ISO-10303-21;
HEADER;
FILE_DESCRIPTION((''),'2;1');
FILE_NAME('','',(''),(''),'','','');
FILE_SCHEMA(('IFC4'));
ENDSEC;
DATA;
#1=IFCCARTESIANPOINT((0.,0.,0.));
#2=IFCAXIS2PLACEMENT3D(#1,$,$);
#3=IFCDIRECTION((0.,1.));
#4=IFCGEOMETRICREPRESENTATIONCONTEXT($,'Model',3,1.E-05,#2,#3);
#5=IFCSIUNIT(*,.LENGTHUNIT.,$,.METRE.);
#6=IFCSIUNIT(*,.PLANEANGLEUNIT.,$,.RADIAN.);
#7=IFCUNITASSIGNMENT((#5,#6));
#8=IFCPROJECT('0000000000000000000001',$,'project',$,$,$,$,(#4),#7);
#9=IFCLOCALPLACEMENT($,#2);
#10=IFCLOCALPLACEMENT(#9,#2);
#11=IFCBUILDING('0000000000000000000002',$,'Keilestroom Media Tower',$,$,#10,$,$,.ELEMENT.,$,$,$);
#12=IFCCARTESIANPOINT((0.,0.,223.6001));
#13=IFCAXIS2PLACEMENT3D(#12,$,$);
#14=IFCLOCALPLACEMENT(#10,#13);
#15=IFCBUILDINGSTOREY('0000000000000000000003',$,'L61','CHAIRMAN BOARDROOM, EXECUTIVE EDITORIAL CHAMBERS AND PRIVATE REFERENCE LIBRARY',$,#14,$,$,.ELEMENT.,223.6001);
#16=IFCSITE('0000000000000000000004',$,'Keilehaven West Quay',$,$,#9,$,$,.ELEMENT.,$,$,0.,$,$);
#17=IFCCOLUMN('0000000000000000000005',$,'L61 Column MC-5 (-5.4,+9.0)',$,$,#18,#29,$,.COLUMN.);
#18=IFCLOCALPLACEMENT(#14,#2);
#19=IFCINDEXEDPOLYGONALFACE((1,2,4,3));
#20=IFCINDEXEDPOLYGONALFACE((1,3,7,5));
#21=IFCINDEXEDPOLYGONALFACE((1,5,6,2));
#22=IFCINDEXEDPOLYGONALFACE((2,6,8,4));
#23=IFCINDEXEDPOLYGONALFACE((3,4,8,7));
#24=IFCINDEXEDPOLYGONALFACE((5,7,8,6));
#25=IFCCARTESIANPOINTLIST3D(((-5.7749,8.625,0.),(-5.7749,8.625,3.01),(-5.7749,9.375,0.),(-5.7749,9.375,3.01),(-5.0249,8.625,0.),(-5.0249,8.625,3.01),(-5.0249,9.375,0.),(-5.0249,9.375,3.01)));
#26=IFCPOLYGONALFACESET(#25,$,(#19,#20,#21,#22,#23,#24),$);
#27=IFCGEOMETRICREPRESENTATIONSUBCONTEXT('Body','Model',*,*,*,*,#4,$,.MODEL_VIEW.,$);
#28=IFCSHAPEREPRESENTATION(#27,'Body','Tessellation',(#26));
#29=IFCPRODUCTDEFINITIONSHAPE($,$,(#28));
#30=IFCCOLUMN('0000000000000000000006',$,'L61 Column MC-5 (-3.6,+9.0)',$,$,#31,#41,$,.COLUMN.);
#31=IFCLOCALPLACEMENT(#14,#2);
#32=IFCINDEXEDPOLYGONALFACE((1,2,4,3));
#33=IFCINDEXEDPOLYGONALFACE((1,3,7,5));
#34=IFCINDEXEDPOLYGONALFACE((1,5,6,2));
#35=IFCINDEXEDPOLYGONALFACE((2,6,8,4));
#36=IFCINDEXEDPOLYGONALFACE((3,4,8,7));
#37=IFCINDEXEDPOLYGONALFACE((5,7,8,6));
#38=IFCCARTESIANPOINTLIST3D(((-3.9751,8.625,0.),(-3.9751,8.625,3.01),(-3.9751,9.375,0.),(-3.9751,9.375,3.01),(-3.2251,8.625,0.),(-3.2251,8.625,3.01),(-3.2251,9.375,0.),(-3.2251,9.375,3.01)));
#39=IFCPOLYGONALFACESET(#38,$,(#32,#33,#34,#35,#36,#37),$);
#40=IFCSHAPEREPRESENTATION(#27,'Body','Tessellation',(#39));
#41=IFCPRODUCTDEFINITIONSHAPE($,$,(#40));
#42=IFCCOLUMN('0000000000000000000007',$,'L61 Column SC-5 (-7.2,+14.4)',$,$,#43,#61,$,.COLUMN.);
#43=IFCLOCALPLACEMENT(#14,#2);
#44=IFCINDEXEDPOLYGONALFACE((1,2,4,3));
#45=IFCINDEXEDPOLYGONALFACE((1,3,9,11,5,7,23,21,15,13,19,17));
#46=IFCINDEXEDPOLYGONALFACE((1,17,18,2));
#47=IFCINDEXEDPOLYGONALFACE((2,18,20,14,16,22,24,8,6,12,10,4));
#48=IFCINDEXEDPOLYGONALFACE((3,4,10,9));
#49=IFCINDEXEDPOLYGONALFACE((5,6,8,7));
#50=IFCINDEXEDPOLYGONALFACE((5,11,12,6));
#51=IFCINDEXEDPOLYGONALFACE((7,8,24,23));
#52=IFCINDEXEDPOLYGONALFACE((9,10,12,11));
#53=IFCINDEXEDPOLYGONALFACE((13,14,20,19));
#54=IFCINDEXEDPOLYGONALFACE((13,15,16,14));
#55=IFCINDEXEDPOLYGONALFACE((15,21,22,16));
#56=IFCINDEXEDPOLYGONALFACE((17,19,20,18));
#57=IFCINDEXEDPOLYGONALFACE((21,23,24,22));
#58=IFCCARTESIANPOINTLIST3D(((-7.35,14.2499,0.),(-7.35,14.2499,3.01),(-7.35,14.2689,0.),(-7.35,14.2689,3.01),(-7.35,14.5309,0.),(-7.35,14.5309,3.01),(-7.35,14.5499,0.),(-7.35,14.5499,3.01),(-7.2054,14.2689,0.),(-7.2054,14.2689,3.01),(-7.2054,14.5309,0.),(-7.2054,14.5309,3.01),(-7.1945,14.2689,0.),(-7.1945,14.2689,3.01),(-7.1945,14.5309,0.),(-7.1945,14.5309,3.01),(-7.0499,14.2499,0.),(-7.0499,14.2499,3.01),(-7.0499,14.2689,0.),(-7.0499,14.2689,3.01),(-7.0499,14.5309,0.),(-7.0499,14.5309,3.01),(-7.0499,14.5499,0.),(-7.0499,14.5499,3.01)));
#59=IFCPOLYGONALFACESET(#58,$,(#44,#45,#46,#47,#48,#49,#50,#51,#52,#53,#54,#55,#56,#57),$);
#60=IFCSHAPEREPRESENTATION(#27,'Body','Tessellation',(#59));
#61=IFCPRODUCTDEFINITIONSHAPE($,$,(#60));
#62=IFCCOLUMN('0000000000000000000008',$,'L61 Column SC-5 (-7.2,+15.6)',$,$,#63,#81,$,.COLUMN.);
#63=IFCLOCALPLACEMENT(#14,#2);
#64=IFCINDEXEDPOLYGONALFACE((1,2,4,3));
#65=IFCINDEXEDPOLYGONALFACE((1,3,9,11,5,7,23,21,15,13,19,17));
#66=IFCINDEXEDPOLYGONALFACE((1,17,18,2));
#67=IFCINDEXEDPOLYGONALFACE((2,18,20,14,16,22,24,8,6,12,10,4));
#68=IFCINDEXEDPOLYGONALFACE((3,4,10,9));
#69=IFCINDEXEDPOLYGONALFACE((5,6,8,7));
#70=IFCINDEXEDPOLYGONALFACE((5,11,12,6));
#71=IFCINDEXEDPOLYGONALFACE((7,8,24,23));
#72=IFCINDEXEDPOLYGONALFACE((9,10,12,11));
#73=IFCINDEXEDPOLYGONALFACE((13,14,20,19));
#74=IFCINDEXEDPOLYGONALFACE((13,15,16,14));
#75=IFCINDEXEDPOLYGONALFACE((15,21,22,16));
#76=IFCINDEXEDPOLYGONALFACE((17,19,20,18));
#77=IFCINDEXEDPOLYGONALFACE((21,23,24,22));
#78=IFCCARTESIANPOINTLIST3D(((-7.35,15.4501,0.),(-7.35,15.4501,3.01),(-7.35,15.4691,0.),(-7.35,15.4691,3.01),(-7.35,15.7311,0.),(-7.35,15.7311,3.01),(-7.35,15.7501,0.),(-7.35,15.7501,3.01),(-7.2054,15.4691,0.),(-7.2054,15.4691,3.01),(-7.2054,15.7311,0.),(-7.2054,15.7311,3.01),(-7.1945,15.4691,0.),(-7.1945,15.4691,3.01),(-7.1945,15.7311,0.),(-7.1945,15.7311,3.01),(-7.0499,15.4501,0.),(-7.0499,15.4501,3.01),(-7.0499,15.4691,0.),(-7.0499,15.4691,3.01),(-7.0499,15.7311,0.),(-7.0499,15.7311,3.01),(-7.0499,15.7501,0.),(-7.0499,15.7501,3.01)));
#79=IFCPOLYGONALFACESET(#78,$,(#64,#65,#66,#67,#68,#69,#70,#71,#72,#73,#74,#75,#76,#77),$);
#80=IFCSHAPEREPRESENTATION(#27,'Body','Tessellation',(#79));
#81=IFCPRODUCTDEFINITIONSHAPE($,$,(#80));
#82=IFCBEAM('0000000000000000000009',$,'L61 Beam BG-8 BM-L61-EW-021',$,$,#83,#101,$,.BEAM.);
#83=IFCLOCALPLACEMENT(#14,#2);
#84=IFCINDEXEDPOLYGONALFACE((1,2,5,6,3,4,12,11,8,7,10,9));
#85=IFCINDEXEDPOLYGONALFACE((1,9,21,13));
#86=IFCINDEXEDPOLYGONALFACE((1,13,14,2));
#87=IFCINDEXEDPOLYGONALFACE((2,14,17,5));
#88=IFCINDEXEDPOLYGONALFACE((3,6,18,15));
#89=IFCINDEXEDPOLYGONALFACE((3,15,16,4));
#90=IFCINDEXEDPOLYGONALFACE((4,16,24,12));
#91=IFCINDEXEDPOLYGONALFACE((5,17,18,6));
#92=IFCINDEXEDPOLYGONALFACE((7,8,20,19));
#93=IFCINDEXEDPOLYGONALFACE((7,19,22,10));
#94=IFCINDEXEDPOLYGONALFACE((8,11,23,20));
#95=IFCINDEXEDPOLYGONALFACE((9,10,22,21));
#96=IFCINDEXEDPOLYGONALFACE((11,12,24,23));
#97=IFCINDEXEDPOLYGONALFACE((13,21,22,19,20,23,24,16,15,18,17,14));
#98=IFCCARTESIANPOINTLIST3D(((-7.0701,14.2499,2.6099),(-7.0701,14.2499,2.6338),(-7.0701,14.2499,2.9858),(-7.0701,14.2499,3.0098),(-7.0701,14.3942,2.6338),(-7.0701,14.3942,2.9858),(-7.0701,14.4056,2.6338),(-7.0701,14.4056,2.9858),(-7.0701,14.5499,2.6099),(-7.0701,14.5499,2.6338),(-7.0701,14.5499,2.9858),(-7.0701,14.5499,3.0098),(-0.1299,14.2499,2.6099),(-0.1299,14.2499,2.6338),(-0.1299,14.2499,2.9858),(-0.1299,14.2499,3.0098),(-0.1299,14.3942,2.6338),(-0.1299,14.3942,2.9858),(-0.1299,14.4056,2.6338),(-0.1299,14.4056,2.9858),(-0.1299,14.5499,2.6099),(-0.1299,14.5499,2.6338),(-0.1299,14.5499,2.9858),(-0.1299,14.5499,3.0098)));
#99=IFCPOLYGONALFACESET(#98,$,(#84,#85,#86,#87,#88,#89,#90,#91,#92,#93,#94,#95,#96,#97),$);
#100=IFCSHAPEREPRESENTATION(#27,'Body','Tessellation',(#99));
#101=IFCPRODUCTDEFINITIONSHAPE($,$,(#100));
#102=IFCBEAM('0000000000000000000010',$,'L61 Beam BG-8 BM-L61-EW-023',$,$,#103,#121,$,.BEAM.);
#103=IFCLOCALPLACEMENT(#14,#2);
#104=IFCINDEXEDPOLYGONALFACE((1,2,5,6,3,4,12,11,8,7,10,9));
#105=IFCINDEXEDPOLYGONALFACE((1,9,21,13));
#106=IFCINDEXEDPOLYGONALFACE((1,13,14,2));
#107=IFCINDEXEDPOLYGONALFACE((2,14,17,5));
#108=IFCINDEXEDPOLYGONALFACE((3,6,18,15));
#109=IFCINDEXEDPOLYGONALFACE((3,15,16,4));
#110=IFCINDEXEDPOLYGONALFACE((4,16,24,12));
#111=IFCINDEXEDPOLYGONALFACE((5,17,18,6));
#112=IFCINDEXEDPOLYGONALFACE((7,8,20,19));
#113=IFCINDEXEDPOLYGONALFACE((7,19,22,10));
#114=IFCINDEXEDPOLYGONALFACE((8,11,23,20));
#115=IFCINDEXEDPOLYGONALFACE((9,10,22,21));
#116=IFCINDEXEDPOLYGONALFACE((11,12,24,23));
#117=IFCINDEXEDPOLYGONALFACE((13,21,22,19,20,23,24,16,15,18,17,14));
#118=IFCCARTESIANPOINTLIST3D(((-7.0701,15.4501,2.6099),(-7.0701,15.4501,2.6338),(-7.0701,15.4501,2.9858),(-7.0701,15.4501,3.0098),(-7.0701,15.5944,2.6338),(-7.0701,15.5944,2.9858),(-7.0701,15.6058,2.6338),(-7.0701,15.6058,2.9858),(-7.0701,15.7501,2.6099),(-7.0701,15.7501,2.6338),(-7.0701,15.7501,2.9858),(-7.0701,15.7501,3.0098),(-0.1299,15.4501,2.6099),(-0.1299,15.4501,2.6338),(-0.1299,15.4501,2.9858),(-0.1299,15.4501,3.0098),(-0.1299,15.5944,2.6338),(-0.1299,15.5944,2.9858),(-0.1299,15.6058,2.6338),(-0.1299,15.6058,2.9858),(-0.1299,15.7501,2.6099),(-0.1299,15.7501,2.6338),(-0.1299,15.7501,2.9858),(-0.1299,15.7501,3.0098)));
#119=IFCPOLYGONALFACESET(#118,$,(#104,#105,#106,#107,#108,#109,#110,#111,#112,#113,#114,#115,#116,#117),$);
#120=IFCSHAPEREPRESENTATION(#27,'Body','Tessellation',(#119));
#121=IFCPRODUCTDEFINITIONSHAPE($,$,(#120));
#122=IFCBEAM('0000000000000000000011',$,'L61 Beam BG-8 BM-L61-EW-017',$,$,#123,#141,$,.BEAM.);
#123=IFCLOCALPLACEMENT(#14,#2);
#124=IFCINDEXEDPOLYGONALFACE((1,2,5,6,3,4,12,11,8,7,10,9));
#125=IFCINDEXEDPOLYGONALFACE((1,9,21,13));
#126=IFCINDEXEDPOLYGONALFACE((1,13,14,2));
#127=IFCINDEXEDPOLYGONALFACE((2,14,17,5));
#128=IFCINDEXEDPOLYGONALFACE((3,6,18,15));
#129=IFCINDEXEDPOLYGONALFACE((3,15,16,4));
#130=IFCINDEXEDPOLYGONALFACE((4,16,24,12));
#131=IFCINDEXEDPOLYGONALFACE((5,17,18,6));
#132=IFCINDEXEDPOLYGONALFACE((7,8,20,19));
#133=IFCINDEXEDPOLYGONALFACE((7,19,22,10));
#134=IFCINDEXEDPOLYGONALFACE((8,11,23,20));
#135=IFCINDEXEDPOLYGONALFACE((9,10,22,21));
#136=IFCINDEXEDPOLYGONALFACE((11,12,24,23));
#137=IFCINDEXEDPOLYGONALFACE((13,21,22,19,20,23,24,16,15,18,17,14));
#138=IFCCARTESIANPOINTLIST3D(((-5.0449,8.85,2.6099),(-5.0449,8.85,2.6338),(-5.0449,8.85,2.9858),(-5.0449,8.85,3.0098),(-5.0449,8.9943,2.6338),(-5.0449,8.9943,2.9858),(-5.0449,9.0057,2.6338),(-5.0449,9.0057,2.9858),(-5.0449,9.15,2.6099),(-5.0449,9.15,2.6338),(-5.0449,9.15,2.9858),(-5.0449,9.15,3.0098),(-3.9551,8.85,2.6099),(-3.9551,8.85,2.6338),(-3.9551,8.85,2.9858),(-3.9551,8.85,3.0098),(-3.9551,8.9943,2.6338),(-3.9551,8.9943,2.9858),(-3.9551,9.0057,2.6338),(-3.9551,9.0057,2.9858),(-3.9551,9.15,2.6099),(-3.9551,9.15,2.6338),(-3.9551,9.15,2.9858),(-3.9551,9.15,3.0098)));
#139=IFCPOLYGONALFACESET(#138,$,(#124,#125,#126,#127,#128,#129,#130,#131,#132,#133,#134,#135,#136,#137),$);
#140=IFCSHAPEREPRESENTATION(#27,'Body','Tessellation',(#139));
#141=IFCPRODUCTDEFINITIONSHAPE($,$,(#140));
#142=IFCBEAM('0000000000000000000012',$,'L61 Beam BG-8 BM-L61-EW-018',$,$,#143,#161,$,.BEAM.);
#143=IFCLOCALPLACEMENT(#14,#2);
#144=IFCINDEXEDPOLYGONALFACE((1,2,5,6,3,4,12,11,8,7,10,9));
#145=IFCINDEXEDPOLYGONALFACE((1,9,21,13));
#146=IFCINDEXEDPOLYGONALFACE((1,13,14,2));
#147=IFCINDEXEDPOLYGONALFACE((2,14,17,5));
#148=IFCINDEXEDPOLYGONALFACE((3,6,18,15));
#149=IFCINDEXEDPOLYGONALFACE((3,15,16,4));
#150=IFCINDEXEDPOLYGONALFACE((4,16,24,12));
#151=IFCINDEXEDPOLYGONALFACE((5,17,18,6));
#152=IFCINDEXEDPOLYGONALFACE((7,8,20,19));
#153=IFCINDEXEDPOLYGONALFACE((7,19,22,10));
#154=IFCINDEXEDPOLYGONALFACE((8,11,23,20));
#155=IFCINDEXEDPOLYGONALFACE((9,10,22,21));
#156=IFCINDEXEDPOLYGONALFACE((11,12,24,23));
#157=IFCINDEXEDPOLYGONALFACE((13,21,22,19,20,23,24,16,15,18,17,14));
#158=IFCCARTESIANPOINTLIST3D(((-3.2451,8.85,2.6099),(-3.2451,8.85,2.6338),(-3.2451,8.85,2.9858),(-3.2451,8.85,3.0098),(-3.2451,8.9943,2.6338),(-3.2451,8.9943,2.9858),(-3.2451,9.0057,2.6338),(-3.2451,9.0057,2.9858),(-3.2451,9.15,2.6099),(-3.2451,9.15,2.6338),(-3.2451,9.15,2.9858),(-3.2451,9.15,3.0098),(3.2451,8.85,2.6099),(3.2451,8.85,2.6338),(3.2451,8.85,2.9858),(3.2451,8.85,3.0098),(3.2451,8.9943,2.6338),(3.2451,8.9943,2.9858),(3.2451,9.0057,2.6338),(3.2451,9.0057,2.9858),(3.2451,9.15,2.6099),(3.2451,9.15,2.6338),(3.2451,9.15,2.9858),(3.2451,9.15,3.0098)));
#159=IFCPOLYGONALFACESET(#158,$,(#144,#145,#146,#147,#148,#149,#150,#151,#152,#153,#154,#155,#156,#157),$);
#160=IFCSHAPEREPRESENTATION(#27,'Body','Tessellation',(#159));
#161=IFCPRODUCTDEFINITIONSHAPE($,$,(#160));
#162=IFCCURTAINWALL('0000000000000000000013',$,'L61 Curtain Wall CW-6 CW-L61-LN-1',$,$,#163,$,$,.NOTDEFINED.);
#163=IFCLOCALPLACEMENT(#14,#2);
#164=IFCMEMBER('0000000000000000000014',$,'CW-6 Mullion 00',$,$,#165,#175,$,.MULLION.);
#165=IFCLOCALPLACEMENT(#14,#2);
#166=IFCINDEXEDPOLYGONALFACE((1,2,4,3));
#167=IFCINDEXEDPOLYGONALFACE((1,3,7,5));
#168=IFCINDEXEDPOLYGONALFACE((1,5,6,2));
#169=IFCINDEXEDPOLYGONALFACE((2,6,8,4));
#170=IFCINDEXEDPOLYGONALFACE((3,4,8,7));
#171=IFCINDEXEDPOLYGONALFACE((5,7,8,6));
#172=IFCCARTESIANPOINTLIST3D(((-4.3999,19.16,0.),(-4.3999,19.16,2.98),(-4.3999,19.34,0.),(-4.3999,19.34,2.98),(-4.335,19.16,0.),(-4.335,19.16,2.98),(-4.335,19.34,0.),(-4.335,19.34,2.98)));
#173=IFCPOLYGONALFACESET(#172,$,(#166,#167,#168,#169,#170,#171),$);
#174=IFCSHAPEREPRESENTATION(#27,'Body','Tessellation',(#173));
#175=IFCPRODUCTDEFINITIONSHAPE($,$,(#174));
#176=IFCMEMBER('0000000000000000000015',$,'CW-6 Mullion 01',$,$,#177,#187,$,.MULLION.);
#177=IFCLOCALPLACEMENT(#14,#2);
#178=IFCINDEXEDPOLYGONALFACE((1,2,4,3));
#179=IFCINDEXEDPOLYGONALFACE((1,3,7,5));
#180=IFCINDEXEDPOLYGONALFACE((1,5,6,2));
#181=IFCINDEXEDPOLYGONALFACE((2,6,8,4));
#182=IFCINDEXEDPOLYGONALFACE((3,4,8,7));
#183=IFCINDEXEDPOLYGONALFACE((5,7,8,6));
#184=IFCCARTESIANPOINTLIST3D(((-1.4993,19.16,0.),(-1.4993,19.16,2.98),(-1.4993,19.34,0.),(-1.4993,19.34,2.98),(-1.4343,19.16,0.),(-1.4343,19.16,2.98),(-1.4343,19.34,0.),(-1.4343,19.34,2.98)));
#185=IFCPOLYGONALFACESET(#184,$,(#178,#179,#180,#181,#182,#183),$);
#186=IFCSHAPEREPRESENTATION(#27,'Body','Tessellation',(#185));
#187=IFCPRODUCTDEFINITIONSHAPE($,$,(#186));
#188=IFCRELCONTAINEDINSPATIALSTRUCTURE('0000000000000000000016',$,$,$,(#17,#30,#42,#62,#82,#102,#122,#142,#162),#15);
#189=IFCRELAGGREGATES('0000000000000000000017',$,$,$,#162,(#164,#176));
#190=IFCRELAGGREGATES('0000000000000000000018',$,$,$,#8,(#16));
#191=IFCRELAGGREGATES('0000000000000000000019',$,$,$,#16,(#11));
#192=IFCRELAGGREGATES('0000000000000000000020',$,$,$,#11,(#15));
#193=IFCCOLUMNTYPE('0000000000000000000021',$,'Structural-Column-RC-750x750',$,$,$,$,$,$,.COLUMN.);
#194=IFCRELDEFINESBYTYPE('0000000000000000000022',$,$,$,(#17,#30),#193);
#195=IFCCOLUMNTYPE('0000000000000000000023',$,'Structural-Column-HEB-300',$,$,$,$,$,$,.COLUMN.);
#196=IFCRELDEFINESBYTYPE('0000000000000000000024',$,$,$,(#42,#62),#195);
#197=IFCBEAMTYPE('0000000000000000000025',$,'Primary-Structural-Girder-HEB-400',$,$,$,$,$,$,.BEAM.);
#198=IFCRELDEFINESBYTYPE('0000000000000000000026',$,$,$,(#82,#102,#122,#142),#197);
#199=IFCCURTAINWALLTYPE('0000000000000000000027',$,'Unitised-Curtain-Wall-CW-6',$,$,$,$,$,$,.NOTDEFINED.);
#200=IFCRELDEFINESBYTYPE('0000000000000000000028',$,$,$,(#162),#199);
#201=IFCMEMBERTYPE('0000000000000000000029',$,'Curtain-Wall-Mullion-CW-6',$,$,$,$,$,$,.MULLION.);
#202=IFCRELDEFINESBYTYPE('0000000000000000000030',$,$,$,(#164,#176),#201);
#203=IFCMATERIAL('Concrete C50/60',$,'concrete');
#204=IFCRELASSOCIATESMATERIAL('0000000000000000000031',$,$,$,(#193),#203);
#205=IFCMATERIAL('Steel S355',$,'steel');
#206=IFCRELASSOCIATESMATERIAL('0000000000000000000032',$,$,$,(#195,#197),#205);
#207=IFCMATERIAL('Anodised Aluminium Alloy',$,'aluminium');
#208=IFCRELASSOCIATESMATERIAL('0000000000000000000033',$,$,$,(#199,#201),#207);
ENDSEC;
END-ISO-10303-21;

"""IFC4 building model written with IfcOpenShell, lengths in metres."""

from ifc_helpers import new_model, si_unit, direction, frame, origin, origin_2d, place, context, subcontext, project, spatial, rectangle, i_section, extrude, source, transform, mapped, material, material_profile, profile_set, type_object, element, aggregate, save


model = new_model("IFC4")

# Units and contexts
model_context = context("Model", 3, precision=1e-05, world=origin(), true_north=direction((0.0, 1.0)))
body_context = subcontext(model_context, "Body", "Model", "MODEL_VIEW")
ifc_project = project(units=[si_unit("LENGTHUNIT", "METRE"), si_unit("PLANEANGLEUNIT", "RADIAN")], contexts=[model_context])

# Site, building, storey
site_placement = place(None, origin())
site = spatial("IfcSite", under=ifc_project, at=site_placement, Name="Keilehaven West Quay", CompositionType="ELEMENT", RefElevation=0.0)
building_placement = place(site_placement, origin())
building = spatial("IfcBuilding", under=site, at=building_placement, Name="Keilestroom Media Tower", CompositionType="ELEMENT")
storey_placement = place(building_placement, frame((0.0, 0.0, 223.6001)))
storey = spatial("IfcBuildingStorey", under=building, at=storey_placement, Name="L61", Description="CHAIRMAN BOARDROOM, EXECUTIVE EDITORIAL CHAMBERS AND PRIVATE REFERENCE LIBRARY", CompositionType="ELEMENT", Elevation=223.6001)

# Columns
ifc_material_1 = material(Name="Concrete C50/60", Category="concrete")
ifc_material_profile_1 = material_profile(ifc_material_1, rectangle(XDim=0.75, YDim=0.75, at=origin_2d()), Name="RC 750x750")
ifc_profile_set_1 = profile_set([ifc_material_profile_1], Name="Concrete C50/60")
column_type_1 = type_object("IfcColumnType", Name="Structural-Column-RC-750x750", PredefinedType="COLUMN", material=ifc_profile_set_1)
shared_shape_1 = source(origin(), body_context, "Body", "SweptSolid", [
    extrude(rectangle(XDim=0.75, YDim=0.75, at=origin_2d()), origin(), (0.0, 0.0, 1.0), 3.01),
])
for number, where, z_axis, x_axis, name in (
    (1, (-5.3999, 9.0, 0.0), (0.0, 0.0, 1.0), (1.0, 0.0, 0.0), "L61 Column MC-5 (-5.4,+9.0)"),
    (2, (-3.6001, 9.0, 0.0), (0.0, 0.0, 1.0), (1.0, 0.0, 0.0), "L61 Column MC-5 (-3.6,+9.0)"),
):
    element("IfcColumn", number, at=place(storey_placement, frame(where, z_axis=z_axis, x_axis=x_axis)), inside=storey, type_object=column_type_1, Name=name, PredefinedType="COLUMN", context=body_context, shape_type="MappedRepresentation", body=[
        mapped(shared_shape_1, transform((0.0, 0.0, 0.0), x_axis=(1.0, 0.0, 0.0), y_axis=(0.0, 1.0, 0.0), z_axis=(0.0, 0.0, 1.0), scale=1.0)),
    ])
ifc_material_2 = material(Name="Steel S355", Category="steel")
ifc_material_profile_2 = material_profile(ifc_material_2, i_section(OverallWidth=0.3, OverallDepth=0.3, WebThickness=0.011, FlangeThickness=0.019, at=origin_2d()), Name="HEB 300")
ifc_profile_set_2 = profile_set([ifc_material_profile_2], Name="Steel S355")
column_type_2 = type_object("IfcColumnType", Name="Structural-Column-HEB-300", PredefinedType="COLUMN", material=ifc_profile_set_2)
shared_shape_2 = source(origin(), body_context, "Body", "SweptSolid", [
    extrude(i_section(OverallWidth=0.3, OverallDepth=0.3, WebThickness=0.011, FlangeThickness=0.019, at=origin_2d()), origin(), (0.0, 0.0, 1.0), 3.01),
])
for number, where, z_axis, x_axis, name in (
    (3, (-7.2, 14.3999, 0.0), (0.0, 0.0, 1.0), (1.0, 0.0, 0.0), "L61 Column SC-5 (-7.2,+14.4)"),
    (4, (-7.2, 15.6001, 0.0), (0.0, 0.0, 1.0), (1.0, 0.0, 0.0), "L61 Column SC-5 (-7.2,+15.6)"),
):
    element("IfcColumn", number, at=place(storey_placement, frame(where, z_axis=z_axis, x_axis=x_axis)), inside=storey, type_object=column_type_2, Name=name, PredefinedType="COLUMN", context=body_context, shape_type="MappedRepresentation", body=[
        mapped(shared_shape_2, transform((0.0, 0.0, 0.0), x_axis=(1.0, 0.0, 0.0), y_axis=(0.0, 1.0, 0.0), z_axis=(0.0, 0.0, 1.0), scale=1.0)),
    ])

# Beams
ifc_material_profile_3 = material_profile(ifc_material_2, i_section(OverallWidth=0.3, OverallDepth=0.3999, WebThickness=0.0115, FlangeThickness=0.0239, at=origin_2d()), Name="HEB 400")
ifc_profile_set_3 = profile_set([ifc_material_profile_3], Name="Steel S355")
beam_type = type_object("IfcBeamType", Name="Primary-Structural-Girder-HEB-400", PredefinedType="BEAM", material=ifc_profile_set_3)
shared_shape_3 = source(origin(), body_context, "Body", "SweptSolid", [
    extrude(i_section(OverallWidth=0.3, OverallDepth=0.3999, WebThickness=0.0115, FlangeThickness=0.0239, at=origin_2d()), origin(), (0.0, 0.0, 1.0), 6.9402),
])
for number, where, z_axis, x_axis, name in (
    (5, (-7.0701, 14.3999, 2.8098), (1.0, 0.0, 0.0), (0.0, 1.0, 0.0), "L61 Beam BG-8 BM-L61-EW-021"),
    (6, (-7.0701, 15.6001, 2.8098), (1.0, 0.0, 0.0), (0.0, 1.0, 0.0), "L61 Beam BG-8 BM-L61-EW-023"),
):
    element("IfcBeam", number, at=place(storey_placement, frame(where, z_axis=z_axis, x_axis=x_axis)), inside=storey, type_object=beam_type, Name=name, PredefinedType="BEAM", context=body_context, shape_type="MappedRepresentation", body=[
        mapped(shared_shape_3, transform((0.0, 0.0, 0.0), x_axis=(1.0, 0.0, 0.0), y_axis=(0.0, 1.0, 0.0), z_axis=(0.0, 0.0, 1.0), scale=1.0)),
    ])
shared_shape_4 = source(origin(), body_context, "Body", "SweptSolid", [
    extrude(i_section(OverallWidth=0.3, OverallDepth=0.3999, WebThickness=0.0115, FlangeThickness=0.0239, at=origin_2d()), origin(), (0.0, 0.0, 1.0), 1.0898),
])
beam_1_placement = place(storey_placement, frame((-5.0449, 9.0, 2.8098), z_axis=(1.0, 0.0, 0.0), x_axis=(0.0, 1.0, 0.0)))
element("IfcBeam", 7, at=beam_1_placement, inside=storey, type_object=beam_type, Name="L61 Beam BG-8 BM-L61-EW-017", PredefinedType="BEAM", context=body_context, shape_type="MappedRepresentation", body=[
    mapped(shared_shape_4, transform((0.0, 0.0, 0.0), x_axis=(1.0, 0.0, 0.0), y_axis=(0.0, 1.0, 0.0), z_axis=(0.0, 0.0, 1.0), scale=1.0)),
])
shared_shape_5 = source(origin(), body_context, "Body", "SweptSolid", [
    extrude(i_section(OverallWidth=0.3, OverallDepth=0.3999, WebThickness=0.0115, FlangeThickness=0.0239, at=origin_2d()), origin(), (0.0, 0.0, 1.0), 6.4902),
])
beam_2_placement = place(storey_placement, frame((-3.2451, 9.0, 2.8098), z_axis=(1.0, 0.0, 0.0), x_axis=(0.0, 1.0, 0.0)))
element("IfcBeam", 8, at=beam_2_placement, inside=storey, type_object=beam_type, Name="L61 Beam BG-8 BM-L61-EW-018", PredefinedType="BEAM", context=body_context, shape_type="MappedRepresentation", body=[
    mapped(shared_shape_5, transform((0.0, 0.0, 0.0), x_axis=(1.0, 0.0, 0.0), y_axis=(0.0, 1.0, 0.0), z_axis=(0.0, 0.0, 1.0), scale=1.0)),
])

# Curtain wall, members
ifc_material_3 = material(Name="Anodised Aluminium Alloy", Category="aluminium")
curtain_wall_type = type_object("IfcCurtainWallType", Name="Unitised-Curtain-Wall-CW-6", PredefinedType="NOTDEFINED", material=ifc_material_3)
curtain_wall_placement = place(storey_placement, origin())
curtain_wall = element("IfcCurtainWall", 9, at=curtain_wall_placement, inside=storey, type_object=curtain_wall_type, Name="L61 Curtain Wall CW-6 CW-L61-LN-1", PredefinedType="NOTDEFINED")
ifc_material_profile_4 = material_profile(ifc_material_3, rectangle(XDim=0.0649, YDim=0.1799, at=origin_2d()), Name="ALU MULLION 65x180")
ifc_profile_set_4 = profile_set([ifc_material_profile_4], Name="Anodised Aluminium Alloy")
member_type_1 = type_object("IfcMemberType", Name="Curtain-Wall-Mullion-CW-6", PredefinedType="MULLION", material=ifc_profile_set_4)
shared_shape_6 = source(origin(), body_context, "Body", "SweptSolid", [
    extrude(rectangle(XDim=0.0649, YDim=0.1799, at=origin_2d()), origin(), (0.0, 0.0, 1.0), 2.98),
])
member_1_placement = place(storey_placement, frame((-4.3674, 19.25, 0.0), z_axis=(0.0, 0.0, 1.0), x_axis=(1.0, 0.0, 0.0)))
member_1 = element("IfcMember", 10, at=member_1_placement, type_object=member_type_1, Name="CW-6 Mullion 00", PredefinedType="MULLION", context=body_context, shape_type="MappedRepresentation", body=[
    mapped(shared_shape_6, transform((0.0, 0.0, 0.0), x_axis=(1.0, 0.0, 0.0), y_axis=(0.0, 1.0, 0.0), z_axis=(0.0, 0.0, 1.0), scale=1.0)),
])
member_2_placement = place(storey_placement, frame((-1.4668, 19.25, 0.0), z_axis=(0.0, 0.0, 1.0), x_axis=(1.0, 0.0, 0.0)))
member_2 = element("IfcMember", 11, at=member_2_placement, type_object=member_type_1, Name="CW-6 Mullion 01", PredefinedType="MULLION", context=body_context, shape_type="MappedRepresentation", body=[
    mapped(shared_shape_6, transform((0.0, 0.0, 0.0), x_axis=(1.0, 0.0, 0.0), y_axis=(0.0, 1.0, 0.0), z_axis=(0.0, 0.0, 1.0), scale=1.0)),
])
aggregate(curtain_wall, [member_1, member_2])

save(model, "model.ifc")
